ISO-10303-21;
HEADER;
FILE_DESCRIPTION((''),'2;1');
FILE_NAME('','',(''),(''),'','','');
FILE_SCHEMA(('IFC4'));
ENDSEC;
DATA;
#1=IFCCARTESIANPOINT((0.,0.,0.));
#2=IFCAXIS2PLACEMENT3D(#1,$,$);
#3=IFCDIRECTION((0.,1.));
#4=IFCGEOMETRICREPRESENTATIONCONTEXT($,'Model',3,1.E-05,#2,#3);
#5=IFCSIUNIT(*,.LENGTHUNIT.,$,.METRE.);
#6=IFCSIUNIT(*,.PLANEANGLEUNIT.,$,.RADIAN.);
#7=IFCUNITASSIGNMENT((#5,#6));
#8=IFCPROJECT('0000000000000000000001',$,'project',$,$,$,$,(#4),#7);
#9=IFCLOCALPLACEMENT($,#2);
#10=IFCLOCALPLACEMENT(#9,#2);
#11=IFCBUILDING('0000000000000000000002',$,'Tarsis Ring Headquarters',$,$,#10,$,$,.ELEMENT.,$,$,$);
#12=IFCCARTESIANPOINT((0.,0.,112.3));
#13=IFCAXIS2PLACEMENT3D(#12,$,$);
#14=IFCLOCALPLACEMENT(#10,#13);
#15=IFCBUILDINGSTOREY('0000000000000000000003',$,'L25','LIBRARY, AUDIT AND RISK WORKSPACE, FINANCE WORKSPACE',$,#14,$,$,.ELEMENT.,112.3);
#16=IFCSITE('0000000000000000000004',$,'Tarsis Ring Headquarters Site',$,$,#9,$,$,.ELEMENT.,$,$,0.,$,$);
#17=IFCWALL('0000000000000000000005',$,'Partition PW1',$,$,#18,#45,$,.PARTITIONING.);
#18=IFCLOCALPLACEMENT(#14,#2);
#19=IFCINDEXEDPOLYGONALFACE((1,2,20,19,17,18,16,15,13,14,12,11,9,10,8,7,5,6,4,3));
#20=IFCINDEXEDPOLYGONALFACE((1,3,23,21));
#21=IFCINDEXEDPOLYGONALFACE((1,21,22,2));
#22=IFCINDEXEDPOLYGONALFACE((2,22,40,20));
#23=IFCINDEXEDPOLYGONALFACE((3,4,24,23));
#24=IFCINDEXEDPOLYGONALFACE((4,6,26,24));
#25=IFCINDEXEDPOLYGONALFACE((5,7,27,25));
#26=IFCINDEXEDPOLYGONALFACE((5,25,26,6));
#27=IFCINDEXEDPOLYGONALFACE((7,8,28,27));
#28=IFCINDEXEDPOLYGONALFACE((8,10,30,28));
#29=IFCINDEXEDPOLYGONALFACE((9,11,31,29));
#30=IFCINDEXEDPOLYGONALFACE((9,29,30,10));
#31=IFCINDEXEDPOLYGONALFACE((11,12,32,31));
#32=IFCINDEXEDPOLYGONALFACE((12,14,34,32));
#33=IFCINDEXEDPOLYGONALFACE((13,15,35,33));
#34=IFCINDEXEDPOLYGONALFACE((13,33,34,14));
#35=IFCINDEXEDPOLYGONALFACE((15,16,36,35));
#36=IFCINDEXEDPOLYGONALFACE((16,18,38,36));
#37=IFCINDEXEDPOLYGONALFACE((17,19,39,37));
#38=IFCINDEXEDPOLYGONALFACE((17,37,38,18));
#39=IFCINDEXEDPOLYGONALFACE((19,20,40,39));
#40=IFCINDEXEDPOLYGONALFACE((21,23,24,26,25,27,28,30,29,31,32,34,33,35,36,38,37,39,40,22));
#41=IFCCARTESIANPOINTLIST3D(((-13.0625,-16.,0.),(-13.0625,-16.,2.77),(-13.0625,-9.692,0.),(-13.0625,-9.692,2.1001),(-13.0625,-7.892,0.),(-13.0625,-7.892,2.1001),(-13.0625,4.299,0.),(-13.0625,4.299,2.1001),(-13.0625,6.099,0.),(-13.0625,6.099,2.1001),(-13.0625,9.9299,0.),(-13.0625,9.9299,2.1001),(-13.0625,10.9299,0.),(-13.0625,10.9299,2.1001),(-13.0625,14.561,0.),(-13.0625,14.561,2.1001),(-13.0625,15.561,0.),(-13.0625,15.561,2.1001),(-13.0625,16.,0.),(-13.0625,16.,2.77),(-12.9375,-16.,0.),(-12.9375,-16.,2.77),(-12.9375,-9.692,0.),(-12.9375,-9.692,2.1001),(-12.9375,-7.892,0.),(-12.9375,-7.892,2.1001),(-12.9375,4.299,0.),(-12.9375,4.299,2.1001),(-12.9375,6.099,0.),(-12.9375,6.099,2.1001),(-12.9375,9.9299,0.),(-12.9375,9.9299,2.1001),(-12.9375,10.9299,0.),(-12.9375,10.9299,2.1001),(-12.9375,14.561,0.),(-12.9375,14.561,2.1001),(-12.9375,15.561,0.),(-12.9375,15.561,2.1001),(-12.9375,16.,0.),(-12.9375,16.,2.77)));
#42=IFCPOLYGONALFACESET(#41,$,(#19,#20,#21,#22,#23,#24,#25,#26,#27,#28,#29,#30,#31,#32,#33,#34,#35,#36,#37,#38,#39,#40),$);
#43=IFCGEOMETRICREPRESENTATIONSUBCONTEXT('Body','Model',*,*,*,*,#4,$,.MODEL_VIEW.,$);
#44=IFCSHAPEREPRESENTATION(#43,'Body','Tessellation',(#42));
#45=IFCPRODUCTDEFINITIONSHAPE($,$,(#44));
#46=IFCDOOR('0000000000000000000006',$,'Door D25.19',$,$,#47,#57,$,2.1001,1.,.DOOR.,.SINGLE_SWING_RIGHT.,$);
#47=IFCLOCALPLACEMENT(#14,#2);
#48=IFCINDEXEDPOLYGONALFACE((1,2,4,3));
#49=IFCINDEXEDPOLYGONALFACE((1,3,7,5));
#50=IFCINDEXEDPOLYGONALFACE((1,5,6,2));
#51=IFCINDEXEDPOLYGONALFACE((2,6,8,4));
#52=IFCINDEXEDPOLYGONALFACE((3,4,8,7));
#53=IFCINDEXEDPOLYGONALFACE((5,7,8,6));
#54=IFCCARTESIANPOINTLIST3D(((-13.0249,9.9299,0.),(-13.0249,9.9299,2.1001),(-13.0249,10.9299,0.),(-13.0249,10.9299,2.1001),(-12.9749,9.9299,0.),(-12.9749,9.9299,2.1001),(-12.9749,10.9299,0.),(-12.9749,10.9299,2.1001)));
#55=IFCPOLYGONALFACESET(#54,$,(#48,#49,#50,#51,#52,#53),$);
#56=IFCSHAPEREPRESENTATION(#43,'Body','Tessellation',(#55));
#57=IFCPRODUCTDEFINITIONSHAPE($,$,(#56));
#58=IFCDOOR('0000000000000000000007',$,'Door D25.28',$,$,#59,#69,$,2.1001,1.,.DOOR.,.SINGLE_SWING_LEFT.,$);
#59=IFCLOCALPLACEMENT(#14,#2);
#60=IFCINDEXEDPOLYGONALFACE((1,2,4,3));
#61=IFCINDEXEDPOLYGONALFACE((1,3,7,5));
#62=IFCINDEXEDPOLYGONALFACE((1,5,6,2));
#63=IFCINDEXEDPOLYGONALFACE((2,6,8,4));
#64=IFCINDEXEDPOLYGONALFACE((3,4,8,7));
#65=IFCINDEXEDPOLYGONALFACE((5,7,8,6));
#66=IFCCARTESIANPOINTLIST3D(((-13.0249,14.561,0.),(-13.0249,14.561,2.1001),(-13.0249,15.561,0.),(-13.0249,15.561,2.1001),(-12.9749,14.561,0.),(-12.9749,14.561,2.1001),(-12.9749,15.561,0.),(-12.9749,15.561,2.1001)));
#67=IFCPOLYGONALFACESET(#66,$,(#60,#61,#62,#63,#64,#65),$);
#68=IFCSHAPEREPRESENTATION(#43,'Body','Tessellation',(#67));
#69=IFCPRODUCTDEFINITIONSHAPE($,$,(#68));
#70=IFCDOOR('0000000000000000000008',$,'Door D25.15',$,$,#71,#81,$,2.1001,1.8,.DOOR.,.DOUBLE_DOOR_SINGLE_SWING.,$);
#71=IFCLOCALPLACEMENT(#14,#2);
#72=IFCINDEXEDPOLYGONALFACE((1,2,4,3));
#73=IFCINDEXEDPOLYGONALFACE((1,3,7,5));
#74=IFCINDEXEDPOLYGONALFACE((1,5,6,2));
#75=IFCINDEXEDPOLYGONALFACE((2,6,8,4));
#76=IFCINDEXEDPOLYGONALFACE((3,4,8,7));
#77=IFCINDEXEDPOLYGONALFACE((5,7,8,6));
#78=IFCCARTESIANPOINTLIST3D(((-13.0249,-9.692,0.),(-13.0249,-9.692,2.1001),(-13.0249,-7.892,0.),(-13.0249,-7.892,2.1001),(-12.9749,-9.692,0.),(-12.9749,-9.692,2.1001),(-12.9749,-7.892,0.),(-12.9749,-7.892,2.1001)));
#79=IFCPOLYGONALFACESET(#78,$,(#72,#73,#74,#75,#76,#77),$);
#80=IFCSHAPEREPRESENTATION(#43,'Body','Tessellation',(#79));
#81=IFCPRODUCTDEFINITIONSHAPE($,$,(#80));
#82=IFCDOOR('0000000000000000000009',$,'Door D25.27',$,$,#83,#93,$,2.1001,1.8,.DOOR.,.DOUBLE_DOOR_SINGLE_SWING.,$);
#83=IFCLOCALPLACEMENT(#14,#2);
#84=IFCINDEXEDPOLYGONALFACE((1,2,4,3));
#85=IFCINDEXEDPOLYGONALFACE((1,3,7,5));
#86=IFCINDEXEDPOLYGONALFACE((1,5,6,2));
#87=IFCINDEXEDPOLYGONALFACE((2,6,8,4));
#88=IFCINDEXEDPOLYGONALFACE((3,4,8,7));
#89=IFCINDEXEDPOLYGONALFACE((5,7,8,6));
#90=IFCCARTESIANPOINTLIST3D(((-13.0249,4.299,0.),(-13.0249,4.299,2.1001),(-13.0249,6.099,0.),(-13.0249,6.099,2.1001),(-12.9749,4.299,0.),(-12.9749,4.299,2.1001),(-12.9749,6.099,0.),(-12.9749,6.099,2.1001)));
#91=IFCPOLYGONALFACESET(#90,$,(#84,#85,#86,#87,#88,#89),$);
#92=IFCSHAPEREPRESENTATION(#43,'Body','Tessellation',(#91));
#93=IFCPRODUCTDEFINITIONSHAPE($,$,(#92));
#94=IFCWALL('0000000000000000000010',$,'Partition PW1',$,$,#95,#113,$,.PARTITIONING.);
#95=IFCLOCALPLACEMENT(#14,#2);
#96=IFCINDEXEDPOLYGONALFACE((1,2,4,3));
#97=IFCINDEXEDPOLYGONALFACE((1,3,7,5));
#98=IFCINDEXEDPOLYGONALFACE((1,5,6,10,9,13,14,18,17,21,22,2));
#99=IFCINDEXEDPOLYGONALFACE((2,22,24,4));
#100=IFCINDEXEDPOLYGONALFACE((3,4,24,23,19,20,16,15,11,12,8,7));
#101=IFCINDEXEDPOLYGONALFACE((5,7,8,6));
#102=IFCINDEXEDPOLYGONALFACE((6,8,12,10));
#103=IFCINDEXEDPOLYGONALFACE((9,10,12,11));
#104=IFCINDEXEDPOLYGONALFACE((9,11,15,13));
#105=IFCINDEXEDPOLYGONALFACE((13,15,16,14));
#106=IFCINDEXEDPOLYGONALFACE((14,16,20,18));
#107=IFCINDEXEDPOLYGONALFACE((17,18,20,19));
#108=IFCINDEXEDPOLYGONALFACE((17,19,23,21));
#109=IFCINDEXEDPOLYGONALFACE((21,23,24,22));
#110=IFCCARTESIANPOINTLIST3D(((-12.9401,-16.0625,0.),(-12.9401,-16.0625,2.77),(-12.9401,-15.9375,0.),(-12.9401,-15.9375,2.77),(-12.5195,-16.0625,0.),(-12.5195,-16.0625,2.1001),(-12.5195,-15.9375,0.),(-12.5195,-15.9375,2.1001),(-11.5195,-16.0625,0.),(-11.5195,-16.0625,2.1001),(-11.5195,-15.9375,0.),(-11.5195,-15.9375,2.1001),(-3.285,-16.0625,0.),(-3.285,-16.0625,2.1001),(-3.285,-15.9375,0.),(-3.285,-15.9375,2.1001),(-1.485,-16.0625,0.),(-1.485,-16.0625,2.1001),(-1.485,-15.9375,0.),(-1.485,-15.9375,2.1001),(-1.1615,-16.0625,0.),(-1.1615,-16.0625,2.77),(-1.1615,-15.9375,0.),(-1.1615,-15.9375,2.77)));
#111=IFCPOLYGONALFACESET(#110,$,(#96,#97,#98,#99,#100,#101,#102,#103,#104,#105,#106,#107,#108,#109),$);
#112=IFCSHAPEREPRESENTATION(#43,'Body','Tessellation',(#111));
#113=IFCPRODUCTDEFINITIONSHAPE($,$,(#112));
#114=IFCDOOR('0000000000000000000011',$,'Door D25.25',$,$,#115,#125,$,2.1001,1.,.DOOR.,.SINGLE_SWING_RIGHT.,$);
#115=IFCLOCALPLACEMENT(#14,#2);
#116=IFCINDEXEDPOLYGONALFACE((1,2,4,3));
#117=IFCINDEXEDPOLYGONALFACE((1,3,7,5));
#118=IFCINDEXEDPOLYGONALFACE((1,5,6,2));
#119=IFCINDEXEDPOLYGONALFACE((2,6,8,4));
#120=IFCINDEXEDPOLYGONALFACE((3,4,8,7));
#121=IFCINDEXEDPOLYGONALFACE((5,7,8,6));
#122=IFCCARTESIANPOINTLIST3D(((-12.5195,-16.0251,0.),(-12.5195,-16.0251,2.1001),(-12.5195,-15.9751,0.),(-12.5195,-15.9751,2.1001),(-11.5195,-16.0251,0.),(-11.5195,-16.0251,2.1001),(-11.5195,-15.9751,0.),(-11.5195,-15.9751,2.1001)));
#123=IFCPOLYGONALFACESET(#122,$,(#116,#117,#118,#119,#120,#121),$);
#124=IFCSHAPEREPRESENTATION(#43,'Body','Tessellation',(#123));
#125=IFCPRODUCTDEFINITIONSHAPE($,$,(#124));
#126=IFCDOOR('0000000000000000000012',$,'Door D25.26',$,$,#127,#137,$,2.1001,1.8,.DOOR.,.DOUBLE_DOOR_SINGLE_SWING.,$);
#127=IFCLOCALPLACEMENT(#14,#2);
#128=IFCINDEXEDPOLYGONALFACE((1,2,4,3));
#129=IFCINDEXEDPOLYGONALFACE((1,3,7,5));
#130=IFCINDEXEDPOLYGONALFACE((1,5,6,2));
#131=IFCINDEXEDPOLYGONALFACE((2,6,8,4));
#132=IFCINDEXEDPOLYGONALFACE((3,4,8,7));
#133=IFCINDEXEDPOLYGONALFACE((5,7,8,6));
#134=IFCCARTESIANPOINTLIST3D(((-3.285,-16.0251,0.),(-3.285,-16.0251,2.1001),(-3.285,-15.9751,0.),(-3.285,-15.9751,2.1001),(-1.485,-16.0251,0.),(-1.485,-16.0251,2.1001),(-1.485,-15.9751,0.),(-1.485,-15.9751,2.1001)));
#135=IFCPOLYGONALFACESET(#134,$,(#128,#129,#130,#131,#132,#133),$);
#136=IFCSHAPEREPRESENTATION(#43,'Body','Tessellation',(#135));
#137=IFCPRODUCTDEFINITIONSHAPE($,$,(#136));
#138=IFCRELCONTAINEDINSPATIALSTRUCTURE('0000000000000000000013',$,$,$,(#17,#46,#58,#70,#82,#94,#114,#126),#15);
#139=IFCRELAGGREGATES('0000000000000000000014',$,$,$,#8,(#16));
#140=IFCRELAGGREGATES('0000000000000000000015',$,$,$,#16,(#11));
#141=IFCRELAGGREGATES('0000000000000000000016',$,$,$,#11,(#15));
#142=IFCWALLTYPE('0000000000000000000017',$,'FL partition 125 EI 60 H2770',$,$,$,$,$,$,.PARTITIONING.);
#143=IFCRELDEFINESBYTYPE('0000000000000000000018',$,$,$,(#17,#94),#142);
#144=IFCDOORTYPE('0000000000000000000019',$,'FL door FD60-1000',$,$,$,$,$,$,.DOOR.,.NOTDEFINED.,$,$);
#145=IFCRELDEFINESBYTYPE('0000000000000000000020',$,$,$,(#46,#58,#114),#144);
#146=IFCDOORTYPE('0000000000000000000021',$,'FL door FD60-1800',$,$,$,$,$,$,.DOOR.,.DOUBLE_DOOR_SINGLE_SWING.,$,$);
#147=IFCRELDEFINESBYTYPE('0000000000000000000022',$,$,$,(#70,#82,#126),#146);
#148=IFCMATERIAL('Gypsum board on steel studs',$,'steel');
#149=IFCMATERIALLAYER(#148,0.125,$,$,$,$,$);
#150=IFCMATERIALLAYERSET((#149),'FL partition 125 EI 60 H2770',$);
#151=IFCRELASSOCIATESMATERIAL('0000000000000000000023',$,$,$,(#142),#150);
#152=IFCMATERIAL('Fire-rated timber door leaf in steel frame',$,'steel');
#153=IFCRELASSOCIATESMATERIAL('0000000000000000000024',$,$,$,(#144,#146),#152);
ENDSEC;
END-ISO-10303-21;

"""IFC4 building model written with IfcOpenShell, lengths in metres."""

from ifc_helpers import new_model, si_unit, direction, frame, frame_2d, origin, place, context, subcontext, project, spatial, rectangle, extrude, material, layer, layer_set, type_object, element, fill, save


model = new_model("IFC4")

# Units and contexts
model_context = context("Model", 3, precision=1e-05, world=origin(), true_north=direction((0.0, 1.0)))
body_context = subcontext(model_context, "Body", "Model", "MODEL_VIEW")
ifc_project = project(units=[si_unit("LENGTHUNIT", "METRE"), si_unit("PLANEANGLEUNIT", "RADIAN")], contexts=[model_context])

# Site, building, storey
site_placement = place(None, origin())
site = spatial("IfcSite", under=ifc_project, at=site_placement, Name="Tarsis Ring Headquarters Site", CompositionType="ELEMENT", RefElevation=0.0)
building_placement = place(site_placement, origin())
building = spatial("IfcBuilding", under=site, at=building_placement, Name="Tarsis Ring Headquarters", CompositionType="ELEMENT")
storey_placement = place(building_placement, frame((0.0, 0.0, 112.3)))
storey = spatial("IfcBuildingStorey", under=building, at=storey_placement, Name="L25", Description="LIBRARY, AUDIT AND RISK WORKSPACE, FINANCE WORKSPACE", CompositionType="ELEMENT", Elevation=112.3)

# Shared definitions
ifc_material_1 = material(Name="Gypsum board on steel studs", Category="steel")

# Walls, openings, doors
ifc_layer_1 = layer(ifc_material_1, 0.125)
ifc_layer_set_1 = layer_set([ifc_layer_1], Name="FL partition 125 EI 60 H2770")
wall_type_1 = type_object("IfcWallType", Name="FL partition 125 EI 60 H2770", PredefinedType="PARTITIONING", material=ifc_layer_set_1)
wall_1_placement = place(storey_placement, frame((-13.0, -16.0, 0.0), z_axis=(0.0, 0.0, 1.0), x_axis=(0.0, 1.0, 0.0)))
wall_1 = element("IfcWall", 1, at=wall_1_placement, inside=storey, type_object=wall_type_1, Name="Partition PW1", PredefinedType="PARTITIONING", context=body_context, shape_type="SweptSolid", body=[
    extrude(rectangle(XDim=32.0, YDim=0.125, at=frame_2d((16.0, 0.0))), origin(), (0.0, 0.0, 1.0), 2.77),
])
opening_1_placement = place(wall_1_placement, frame((6.3081, 0.0, 0.0)))
opening_1 = element("IfcOpeningElement", 2, at=opening_1_placement, cuts=wall_1, PredefinedType="OPENING", context=body_context, shape_type="SweptSolid", body=[
    extrude(rectangle(XDim=1.8, YDim=2.1001, at=frame_2d((0.8999, 1.05))), frame((0.0, 0.0725, 0.0), z_axis=(0.0, -1.0, 0.0), x_axis=(1.0, 0.0, 0.0)), (0.0, 0.0, 1.0), 0.145),
])
opening_2_placement = place(wall_1_placement, frame((25.9299, 0.0, 0.0)))
opening_2 = element("IfcOpeningElement", 3, at=opening_2_placement, cuts=wall_1, PredefinedType="OPENING", context=body_context, shape_type="SweptSolid", body=[
    extrude(rectangle(XDim=1.0, YDim=2.1001, at=frame_2d((0.5, 1.05))), frame((0.0, 0.0725, 0.0), z_axis=(0.0, -1.0, 0.0), x_axis=(1.0, 0.0, 0.0)), (0.0, 0.0, 1.0), 0.145),
])
opening_3_placement = place(wall_1_placement, frame((20.2991, 0.0, 0.0)))
opening_3 = element("IfcOpeningElement", 4, at=opening_3_placement, cuts=wall_1, PredefinedType="OPENING", context=body_context, shape_type="SweptSolid", body=[
    extrude(rectangle(XDim=1.8, YDim=2.1001, at=frame_2d((0.8999, 1.05))), frame((0.0, 0.0725, 0.0), z_axis=(0.0, -1.0, 0.0), x_axis=(1.0, 0.0, 0.0)), (0.0, 0.0, 1.0), 0.145),
])
opening_4_placement = place(wall_1_placement, frame((30.561, 0.0, 0.0)))
opening_4 = element("IfcOpeningElement", 5, at=opening_4_placement, cuts=wall_1, PredefinedType="OPENING", context=body_context, shape_type="SweptSolid", body=[
    extrude(rectangle(XDim=1.0, YDim=2.1001, at=frame_2d((0.5, 1.05))), frame((0.0, 0.0725, 0.0), z_axis=(0.0, -1.0, 0.0), x_axis=(1.0, 0.0, 0.0)), (0.0, 0.0, 1.0), 0.145),
])
ifc_material_2 = material(Name="Fire-rated timber door leaf in steel frame", Category="steel")
door_type_1 = type_object("IfcDoorType", Name="FL door FD60-1000", OperationType="NOTDEFINED", PredefinedType="DOOR", material=ifc_material_2)
door_1_placement = place(opening_2_placement, origin())
door_1 = element("IfcDoor", 6, at=door_1_placement, inside=storey, type_object=door_type_1, Name="Door D25.19", OperationType="SINGLE_SWING_RIGHT", OverallHeight=2.1001, OverallWidth=1.0, PredefinedType="DOOR", context=body_context, shape_type="SweptSolid", body=[
    extrude(rectangle(XDim=1.0, YDim=2.1001, at=frame_2d((0.5, 1.05))), frame((0.0, 0.0249, 0.0), z_axis=(0.0, -1.0, 0.0), x_axis=(1.0, 0.0, 0.0)), (0.0, 0.0, 1.0), 0.05),
])
fill(opening_2, door_1)
door_2_placement = place(opening_4_placement, origin())
door_2 = element("IfcDoor", 7, at=door_2_placement, inside=storey, type_object=door_type_1, Name="Door D25.28", OperationType="SINGLE_SWING_LEFT", OverallHeight=2.1001, OverallWidth=1.0, PredefinedType="DOOR", context=body_context, shape_type="SweptSolid", body=[
    extrude(rectangle(XDim=1.0, YDim=2.1001, at=frame_2d((0.5, 1.05))), frame((0.0, 0.0249, 0.0), z_axis=(0.0, -1.0, 0.0), x_axis=(1.0, 0.0, 0.0)), (0.0, 0.0, 1.0), 0.05),
])
fill(opening_4, door_2)
door_type_2 = type_object("IfcDoorType", Name="FL door FD60-1800", OperationType="DOUBLE_DOOR_SINGLE_SWING", PredefinedType="DOOR", material=ifc_material_2)
door_3_placement = place(opening_1_placement, origin())
door_3 = element("IfcDoor", 8, at=door_3_placement, inside=storey, type_object=door_type_2, Name="Door D25.15", OperationType="DOUBLE_DOOR_SINGLE_SWING", OverallHeight=2.1001, OverallWidth=1.8, PredefinedType="DOOR", context=body_context, shape_type="SweptSolid", body=[
    extrude(rectangle(XDim=1.8, YDim=2.1001, at=frame_2d((0.8999, 1.05))), frame((0.0, 0.0249, 0.0), z_axis=(0.0, -1.0, 0.0), x_axis=(1.0, 0.0, 0.0)), (0.0, 0.0, 1.0), 0.05),
])
fill(opening_1, door_3)
door_4_placement = place(opening_3_placement, origin())
door_4 = element("IfcDoor", 9, at=door_4_placement, inside=storey, type_object=door_type_2, Name="Door D25.27", OperationType="DOUBLE_DOOR_SINGLE_SWING", OverallHeight=2.1001, OverallWidth=1.8, PredefinedType="DOOR", context=body_context, shape_type="SweptSolid", body=[
    extrude(rectangle(XDim=1.8, YDim=2.1001, at=frame_2d((0.8999, 1.05))), frame((0.0, 0.0249, 0.0), z_axis=(0.0, -1.0, 0.0), x_axis=(1.0, 0.0, 0.0)), (0.0, 0.0, 1.0), 0.05),
])
fill(opening_3, door_4)
wall_2_placement = place(storey_placement, frame((-12.9399, -16.0, 0.0), z_axis=(0.0, 0.0, 1.0), x_axis=(1.0, 0.0, 0.0)))
wall_2 = element("IfcWall", 10, at=wall_2_placement, inside=storey, type_object=wall_type_1, Name="Partition PW1", PredefinedType="PARTITIONING", context=body_context, shape_type="SweptSolid", body=[
    extrude(rectangle(XDim=11.7786, YDim=0.125, at=frame_2d((5.8892, 0.0))), origin(), (0.0, 0.0, 1.0), 2.77),
])
opening_5_placement = place(wall_2_placement, frame((0.4204, 0.0, 0.0)))
opening_5 = element("IfcOpeningElement", 11, at=opening_5_placement, cuts=wall_2, PredefinedType="OPENING", context=body_context, shape_type="SweptSolid", body=[
    extrude(rectangle(XDim=1.0, YDim=2.1001, at=frame_2d((0.5, 1.05))), frame((0.0, 0.0725, 0.0), z_axis=(0.0, -1.0, 0.0), x_axis=(1.0, 0.0, 0.0)), (0.0, 0.0, 1.0), 0.145),
])
opening_6_placement = place(wall_2_placement, frame((9.655, 0.0, 0.0)))
opening_6 = element("IfcOpeningElement", 12, at=opening_6_placement, cuts=wall_2, PredefinedType="OPENING", context=body_context, shape_type="SweptSolid", body=[
    extrude(rectangle(XDim=1.8, YDim=2.1001, at=frame_2d((0.8999, 1.05))), frame((0.0, 0.0725, 0.0), z_axis=(0.0, -1.0, 0.0), x_axis=(1.0, 0.0, 0.0)), (0.0, 0.0, 1.0), 0.145),
])
door_5_placement = place(opening_5_placement, origin())
door_5 = element("IfcDoor", 13, at=door_5_placement, inside=storey, type_object=door_type_1, Name="Door D25.25", OperationType="SINGLE_SWING_RIGHT", OverallHeight=2.1001, OverallWidth=1.0, PredefinedType="DOOR", context=body_context, shape_type="SweptSolid", body=[
    extrude(rectangle(XDim=1.0, YDim=2.1001, at=frame_2d((0.5, 1.05))), frame((0.0, 0.0249, 0.0), z_axis=(0.0, -1.0, 0.0), x_axis=(1.0, 0.0, 0.0)), (0.0, 0.0, 1.0), 0.05),
])
fill(opening_5, door_5)
door_6_placement = place(opening_6_placement, origin())
door_6 = element("IfcDoor", 14, at=door_6_placement, inside=storey, type_object=door_type_2, Name="Door D25.26", OperationType="DOUBLE_DOOR_SINGLE_SWING", OverallHeight=2.1001, OverallWidth=1.8, PredefinedType="DOOR", context=body_context, shape_type="SweptSolid", body=[
    extrude(rectangle(XDim=1.8, YDim=2.1001, at=frame_2d((0.8999, 1.05))), frame((0.0, 0.0249, 0.0), z_axis=(0.0, -1.0, 0.0), x_axis=(1.0, 0.0, 0.0)), (0.0, 0.0, 1.0), 0.05),
])
fill(opening_6, door_6)

save(model, "model.ifc")
